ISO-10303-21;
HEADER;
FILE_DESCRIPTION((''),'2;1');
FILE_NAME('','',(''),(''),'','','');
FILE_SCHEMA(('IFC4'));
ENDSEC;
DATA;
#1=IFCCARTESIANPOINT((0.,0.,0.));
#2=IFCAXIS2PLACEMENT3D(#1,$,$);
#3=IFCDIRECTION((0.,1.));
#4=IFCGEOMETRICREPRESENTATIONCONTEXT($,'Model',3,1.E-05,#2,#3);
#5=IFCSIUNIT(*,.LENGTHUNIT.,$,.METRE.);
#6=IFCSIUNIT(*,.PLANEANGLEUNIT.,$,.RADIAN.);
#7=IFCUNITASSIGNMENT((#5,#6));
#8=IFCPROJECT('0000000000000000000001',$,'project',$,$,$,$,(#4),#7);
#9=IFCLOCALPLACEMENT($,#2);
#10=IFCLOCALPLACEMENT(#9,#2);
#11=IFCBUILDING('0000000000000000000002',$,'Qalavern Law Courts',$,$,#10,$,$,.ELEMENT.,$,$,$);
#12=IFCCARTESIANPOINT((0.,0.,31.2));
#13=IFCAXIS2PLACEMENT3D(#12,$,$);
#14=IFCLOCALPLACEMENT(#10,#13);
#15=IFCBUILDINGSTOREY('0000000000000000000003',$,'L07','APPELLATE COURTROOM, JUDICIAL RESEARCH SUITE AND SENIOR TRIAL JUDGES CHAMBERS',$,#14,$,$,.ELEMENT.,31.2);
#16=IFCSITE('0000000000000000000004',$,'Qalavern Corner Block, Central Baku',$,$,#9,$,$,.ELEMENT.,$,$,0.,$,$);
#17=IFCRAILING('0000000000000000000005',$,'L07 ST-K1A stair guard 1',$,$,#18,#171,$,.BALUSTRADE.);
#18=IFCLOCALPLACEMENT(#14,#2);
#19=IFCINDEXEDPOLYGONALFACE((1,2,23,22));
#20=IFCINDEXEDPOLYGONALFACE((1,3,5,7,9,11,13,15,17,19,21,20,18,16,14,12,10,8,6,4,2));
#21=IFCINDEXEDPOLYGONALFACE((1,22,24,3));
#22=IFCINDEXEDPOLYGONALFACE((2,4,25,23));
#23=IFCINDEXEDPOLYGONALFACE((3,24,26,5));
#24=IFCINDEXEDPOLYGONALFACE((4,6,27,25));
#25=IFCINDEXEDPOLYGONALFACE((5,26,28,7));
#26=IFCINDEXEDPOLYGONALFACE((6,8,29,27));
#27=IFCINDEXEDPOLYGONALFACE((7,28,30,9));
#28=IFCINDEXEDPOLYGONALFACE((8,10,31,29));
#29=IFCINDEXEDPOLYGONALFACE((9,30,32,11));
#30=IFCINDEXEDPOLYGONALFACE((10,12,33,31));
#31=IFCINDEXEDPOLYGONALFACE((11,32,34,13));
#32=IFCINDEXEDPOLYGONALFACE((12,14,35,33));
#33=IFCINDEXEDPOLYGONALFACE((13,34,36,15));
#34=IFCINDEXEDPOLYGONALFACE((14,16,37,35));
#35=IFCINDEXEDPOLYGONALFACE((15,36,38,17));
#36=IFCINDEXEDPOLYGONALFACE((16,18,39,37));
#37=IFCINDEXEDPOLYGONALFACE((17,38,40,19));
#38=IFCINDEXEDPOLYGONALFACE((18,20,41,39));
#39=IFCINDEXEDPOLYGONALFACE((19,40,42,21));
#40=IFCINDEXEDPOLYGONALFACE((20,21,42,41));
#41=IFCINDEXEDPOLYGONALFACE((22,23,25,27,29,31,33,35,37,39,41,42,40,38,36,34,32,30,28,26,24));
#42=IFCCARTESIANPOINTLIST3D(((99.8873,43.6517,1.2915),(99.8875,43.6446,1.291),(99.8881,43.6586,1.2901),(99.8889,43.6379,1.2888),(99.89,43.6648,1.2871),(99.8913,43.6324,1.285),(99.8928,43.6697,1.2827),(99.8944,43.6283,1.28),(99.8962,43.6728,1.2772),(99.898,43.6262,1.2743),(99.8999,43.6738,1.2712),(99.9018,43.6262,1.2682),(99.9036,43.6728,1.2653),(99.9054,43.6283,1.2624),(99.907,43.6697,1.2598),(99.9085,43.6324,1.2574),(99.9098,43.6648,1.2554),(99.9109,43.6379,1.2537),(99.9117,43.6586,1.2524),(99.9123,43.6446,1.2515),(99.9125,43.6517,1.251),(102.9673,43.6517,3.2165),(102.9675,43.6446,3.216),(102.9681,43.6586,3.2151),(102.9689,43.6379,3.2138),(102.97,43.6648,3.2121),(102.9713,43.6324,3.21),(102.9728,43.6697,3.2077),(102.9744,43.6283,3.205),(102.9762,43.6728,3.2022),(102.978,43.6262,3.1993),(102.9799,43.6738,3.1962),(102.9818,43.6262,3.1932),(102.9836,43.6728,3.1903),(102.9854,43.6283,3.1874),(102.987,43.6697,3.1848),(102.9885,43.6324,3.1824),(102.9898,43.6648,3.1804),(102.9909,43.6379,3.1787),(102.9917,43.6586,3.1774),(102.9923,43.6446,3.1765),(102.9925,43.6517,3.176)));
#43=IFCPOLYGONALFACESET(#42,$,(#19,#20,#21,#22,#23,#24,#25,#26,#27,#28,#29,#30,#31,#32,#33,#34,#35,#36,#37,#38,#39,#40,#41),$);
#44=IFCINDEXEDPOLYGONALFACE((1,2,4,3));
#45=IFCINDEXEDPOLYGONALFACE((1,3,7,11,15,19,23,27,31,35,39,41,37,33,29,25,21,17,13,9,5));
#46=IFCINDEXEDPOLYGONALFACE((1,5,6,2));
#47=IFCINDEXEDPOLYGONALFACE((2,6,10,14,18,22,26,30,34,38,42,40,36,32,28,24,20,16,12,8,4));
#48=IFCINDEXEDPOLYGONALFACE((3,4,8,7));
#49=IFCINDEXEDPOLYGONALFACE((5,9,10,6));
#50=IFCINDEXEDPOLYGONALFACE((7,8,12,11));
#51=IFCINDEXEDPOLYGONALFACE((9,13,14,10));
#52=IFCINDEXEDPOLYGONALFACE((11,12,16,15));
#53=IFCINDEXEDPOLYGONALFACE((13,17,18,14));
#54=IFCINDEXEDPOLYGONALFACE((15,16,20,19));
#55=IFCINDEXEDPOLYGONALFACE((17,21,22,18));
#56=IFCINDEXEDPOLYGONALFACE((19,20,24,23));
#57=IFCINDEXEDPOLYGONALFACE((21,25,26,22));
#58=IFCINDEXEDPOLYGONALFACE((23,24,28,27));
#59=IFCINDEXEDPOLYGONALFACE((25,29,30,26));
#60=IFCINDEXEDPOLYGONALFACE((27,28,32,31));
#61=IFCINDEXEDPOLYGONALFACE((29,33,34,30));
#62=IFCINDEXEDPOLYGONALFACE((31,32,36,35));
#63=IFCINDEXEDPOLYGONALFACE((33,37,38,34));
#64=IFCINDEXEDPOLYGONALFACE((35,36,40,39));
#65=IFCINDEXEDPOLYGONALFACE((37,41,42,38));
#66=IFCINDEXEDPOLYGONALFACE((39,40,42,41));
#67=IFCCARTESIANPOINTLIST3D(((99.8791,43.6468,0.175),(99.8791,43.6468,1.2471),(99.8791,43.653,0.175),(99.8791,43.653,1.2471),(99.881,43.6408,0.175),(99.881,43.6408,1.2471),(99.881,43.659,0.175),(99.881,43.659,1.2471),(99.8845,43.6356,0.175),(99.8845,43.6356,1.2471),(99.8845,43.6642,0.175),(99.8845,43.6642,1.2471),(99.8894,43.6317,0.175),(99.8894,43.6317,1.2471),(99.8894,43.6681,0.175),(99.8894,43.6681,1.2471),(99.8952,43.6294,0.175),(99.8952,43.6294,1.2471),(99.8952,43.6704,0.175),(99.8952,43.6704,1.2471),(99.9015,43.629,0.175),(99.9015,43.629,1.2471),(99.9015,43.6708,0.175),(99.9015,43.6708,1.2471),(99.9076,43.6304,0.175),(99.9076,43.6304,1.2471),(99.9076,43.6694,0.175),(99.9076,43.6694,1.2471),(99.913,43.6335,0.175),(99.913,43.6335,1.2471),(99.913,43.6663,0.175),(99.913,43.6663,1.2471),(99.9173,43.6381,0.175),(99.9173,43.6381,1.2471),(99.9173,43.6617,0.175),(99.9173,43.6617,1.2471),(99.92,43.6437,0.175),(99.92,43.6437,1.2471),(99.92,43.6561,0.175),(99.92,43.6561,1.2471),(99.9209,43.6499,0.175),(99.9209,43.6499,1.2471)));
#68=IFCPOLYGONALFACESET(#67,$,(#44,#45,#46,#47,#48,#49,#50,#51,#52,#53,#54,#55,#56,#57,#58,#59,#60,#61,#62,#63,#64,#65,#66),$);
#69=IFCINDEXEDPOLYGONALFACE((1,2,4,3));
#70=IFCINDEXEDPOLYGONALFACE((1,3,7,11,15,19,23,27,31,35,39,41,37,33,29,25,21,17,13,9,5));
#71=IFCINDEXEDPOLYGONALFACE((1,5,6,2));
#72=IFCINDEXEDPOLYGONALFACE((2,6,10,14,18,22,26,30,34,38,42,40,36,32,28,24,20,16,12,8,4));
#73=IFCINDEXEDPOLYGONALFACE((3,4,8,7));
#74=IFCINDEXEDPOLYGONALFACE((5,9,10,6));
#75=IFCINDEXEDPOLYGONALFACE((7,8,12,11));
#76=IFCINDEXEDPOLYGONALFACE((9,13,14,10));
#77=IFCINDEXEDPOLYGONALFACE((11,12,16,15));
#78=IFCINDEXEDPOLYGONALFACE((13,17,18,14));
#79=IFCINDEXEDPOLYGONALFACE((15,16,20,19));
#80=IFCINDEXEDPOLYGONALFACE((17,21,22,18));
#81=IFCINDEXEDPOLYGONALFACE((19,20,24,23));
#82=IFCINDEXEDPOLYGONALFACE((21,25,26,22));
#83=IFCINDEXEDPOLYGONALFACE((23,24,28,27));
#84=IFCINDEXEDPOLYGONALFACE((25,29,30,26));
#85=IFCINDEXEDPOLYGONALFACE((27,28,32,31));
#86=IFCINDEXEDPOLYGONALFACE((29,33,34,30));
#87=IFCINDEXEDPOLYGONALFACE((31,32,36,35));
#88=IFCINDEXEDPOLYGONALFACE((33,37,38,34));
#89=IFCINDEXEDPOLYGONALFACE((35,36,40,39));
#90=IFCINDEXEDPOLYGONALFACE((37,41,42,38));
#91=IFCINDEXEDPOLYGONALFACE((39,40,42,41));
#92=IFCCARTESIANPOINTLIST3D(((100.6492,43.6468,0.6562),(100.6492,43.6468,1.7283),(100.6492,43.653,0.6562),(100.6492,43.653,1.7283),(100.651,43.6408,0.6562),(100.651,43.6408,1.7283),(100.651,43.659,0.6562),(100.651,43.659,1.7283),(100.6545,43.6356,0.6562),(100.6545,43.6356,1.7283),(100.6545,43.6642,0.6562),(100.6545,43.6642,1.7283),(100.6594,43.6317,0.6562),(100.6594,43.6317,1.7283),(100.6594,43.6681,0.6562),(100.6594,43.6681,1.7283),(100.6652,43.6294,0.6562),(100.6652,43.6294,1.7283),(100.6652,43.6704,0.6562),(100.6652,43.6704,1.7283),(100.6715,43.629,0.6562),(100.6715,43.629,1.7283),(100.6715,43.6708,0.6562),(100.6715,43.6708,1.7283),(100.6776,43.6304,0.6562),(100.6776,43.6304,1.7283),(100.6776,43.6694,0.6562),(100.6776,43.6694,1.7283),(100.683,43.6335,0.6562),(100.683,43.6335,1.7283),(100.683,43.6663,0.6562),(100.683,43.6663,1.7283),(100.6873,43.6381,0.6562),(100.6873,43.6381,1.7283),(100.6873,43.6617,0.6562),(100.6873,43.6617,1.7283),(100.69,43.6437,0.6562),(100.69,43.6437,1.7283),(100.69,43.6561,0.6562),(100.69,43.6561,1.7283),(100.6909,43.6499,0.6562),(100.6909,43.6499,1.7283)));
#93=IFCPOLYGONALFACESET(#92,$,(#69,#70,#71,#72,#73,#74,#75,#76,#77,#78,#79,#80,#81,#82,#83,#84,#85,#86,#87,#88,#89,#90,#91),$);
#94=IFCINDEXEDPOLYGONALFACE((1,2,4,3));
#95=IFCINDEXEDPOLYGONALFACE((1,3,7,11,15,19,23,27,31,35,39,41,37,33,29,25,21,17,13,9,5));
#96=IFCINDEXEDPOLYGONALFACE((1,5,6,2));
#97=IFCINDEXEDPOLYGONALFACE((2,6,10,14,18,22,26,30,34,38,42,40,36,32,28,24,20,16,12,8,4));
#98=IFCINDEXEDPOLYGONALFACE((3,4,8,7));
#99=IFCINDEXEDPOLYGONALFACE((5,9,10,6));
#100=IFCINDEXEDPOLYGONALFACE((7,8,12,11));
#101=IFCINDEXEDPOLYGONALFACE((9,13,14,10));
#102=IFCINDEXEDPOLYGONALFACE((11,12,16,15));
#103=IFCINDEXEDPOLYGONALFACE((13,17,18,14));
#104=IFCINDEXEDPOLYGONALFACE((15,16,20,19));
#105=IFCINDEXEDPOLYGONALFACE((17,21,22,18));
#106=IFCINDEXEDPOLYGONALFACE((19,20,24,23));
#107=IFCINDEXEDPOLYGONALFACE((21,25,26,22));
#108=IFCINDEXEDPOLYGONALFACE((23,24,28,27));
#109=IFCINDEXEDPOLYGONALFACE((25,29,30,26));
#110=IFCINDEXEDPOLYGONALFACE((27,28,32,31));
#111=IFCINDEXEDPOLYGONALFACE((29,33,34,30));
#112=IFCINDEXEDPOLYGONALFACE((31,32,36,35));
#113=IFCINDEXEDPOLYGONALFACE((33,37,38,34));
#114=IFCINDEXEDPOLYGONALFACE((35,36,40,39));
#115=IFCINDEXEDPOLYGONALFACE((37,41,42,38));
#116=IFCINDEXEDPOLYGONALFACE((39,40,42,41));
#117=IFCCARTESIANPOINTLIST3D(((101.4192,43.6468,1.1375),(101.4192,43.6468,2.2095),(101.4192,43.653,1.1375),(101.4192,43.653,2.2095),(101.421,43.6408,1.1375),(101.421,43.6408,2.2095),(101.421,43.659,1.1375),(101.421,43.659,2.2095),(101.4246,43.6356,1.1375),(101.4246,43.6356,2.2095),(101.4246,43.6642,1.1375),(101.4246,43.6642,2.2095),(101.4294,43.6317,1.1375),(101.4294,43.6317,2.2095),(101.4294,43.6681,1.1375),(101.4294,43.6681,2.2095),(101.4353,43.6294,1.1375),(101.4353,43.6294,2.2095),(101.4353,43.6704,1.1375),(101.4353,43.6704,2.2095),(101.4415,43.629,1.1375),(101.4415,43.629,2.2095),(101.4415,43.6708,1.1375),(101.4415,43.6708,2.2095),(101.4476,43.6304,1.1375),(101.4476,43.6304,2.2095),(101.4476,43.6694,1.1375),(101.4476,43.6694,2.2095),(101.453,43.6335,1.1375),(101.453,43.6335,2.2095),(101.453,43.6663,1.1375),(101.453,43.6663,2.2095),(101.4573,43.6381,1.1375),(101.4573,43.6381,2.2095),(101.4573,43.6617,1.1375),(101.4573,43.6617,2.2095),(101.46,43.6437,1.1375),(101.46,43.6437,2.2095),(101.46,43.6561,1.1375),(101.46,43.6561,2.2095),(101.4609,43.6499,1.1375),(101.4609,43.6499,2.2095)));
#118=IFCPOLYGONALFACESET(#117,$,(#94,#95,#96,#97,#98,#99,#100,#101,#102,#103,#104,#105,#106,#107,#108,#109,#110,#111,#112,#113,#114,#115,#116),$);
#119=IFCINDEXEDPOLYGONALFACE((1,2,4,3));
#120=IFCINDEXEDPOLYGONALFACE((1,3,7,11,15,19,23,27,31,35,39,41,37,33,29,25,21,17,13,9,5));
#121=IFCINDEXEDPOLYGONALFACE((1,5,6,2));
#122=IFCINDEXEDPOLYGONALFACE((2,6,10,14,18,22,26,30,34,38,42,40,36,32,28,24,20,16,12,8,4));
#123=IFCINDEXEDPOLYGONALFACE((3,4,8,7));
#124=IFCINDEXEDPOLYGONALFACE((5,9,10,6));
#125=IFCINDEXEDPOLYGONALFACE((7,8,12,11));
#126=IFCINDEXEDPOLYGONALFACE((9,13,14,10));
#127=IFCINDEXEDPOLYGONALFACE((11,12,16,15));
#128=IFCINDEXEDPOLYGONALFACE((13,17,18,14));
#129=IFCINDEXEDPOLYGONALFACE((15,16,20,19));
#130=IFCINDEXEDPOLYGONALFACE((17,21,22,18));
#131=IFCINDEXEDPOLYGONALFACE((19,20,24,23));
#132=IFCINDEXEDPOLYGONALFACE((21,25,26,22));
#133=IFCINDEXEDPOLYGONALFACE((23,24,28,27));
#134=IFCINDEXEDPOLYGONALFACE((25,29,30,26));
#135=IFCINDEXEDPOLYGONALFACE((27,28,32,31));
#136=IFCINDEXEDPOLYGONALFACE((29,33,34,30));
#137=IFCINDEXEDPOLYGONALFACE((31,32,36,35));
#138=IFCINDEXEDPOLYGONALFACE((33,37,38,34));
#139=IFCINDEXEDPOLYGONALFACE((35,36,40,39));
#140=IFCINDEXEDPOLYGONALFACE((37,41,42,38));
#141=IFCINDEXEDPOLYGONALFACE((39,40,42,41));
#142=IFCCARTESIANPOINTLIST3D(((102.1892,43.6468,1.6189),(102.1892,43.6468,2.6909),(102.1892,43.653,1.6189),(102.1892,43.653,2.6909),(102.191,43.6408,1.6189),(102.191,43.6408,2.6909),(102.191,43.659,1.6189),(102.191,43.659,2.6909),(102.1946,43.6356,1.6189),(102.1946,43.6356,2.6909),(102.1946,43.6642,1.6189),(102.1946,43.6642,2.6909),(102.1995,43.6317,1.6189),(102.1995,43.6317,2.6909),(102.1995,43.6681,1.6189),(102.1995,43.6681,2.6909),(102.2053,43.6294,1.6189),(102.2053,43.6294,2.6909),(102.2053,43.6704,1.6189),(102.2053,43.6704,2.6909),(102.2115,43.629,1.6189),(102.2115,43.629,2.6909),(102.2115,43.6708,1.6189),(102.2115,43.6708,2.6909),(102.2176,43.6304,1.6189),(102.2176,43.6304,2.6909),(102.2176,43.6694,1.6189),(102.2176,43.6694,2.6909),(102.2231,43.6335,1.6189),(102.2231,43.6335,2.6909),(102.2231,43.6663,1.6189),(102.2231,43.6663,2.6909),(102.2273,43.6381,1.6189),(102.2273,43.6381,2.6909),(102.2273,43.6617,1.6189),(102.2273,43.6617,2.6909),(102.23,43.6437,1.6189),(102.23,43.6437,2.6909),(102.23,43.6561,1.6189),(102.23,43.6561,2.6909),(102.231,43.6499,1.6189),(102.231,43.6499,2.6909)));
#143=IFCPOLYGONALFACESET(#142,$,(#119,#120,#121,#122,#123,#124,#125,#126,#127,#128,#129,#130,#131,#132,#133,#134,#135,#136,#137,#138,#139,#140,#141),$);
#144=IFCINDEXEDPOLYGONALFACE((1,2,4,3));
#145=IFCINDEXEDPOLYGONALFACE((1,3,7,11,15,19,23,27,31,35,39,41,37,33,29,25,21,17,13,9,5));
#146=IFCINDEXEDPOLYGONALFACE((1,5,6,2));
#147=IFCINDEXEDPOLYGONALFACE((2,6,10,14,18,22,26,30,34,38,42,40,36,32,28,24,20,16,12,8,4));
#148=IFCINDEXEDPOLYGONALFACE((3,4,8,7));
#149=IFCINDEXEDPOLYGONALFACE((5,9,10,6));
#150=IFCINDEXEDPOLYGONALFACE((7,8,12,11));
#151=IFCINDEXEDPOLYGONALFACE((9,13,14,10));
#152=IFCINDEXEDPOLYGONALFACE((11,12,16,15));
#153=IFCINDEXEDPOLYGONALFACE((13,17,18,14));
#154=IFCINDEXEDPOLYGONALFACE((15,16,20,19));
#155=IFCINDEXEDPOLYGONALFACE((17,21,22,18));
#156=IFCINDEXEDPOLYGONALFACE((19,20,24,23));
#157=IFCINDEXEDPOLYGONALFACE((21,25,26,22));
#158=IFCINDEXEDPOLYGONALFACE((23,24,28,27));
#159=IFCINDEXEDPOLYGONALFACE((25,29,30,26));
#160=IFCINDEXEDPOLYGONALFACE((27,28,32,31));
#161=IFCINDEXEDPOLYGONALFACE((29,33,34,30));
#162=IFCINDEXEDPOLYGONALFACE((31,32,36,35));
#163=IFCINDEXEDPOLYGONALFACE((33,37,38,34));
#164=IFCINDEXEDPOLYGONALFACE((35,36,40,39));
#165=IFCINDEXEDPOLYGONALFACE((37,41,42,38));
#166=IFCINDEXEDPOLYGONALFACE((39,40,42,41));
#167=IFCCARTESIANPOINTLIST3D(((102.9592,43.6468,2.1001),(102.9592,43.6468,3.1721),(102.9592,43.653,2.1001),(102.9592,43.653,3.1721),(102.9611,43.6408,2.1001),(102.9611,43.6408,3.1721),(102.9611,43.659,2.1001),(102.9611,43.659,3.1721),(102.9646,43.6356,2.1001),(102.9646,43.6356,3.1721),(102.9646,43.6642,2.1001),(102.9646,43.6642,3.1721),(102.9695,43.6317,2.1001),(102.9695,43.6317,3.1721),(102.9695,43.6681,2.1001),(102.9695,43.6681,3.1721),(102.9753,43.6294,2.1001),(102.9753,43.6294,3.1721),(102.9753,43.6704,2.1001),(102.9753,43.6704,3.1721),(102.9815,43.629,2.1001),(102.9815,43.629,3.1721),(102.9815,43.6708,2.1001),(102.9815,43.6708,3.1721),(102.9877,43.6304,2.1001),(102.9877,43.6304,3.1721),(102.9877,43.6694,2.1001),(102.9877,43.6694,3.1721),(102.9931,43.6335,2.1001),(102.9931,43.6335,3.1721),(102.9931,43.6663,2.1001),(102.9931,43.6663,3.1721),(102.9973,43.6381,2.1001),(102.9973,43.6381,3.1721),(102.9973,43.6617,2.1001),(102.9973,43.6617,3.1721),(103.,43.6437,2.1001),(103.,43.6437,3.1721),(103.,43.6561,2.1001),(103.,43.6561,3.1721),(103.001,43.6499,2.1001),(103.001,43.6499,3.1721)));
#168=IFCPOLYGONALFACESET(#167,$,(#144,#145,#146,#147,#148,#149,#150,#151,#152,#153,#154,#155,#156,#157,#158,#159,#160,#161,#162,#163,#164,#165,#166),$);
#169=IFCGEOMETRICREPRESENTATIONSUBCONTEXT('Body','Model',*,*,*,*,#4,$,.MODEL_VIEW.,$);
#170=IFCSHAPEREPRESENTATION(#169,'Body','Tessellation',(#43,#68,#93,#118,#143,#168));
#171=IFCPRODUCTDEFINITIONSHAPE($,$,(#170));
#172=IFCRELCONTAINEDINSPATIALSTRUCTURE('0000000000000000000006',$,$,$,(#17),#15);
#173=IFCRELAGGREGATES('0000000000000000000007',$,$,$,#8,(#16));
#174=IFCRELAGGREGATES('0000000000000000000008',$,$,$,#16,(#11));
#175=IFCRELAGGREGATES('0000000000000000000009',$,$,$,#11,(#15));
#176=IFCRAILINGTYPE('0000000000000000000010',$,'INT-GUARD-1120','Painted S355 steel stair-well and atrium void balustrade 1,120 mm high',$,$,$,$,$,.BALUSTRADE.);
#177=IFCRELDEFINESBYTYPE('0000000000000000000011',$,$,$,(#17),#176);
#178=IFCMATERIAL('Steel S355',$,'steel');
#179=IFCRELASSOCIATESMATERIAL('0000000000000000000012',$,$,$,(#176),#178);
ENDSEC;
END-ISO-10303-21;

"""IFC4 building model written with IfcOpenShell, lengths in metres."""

from ifc_helpers import new_model, si_unit, direction, frame, origin, origin_2d, place, context, subcontext, project, spatial, circle, extrude, material, type_object, element, save


model = new_model("IFC4")

# Units and contexts
model_context = context("Model", 3, precision=1e-05, world=origin(), true_north=direction((0.0, 1.0)))
body_context = subcontext(model_context, "Body", "Model", "MODEL_VIEW")
ifc_project = project(units=[si_unit("LENGTHUNIT", "METRE"), si_unit("PLANEANGLEUNIT", "RADIAN")], contexts=[model_context])

# Site, building, storey
site_placement = place(None, origin())
site = spatial("IfcSite", under=ifc_project, at=site_placement, Name="Qalavern Corner Block, Central Baku", CompositionType="ELEMENT", RefElevation=0.0)
building_placement = place(site_placement, origin())
building = spatial("IfcBuilding", under=site, at=building_placement, Name="Qalavern Law Courts", CompositionType="ELEMENT")
storey_placement = place(building_placement, frame((0.0, 0.0, 31.2)))
storey = spatial("IfcBuildingStorey", under=building, at=storey_placement, Name="L07", Description="APPELLATE COURTROOM, JUDICIAL RESEARCH SUITE AND SENIOR TRIAL JUDGES CHAMBERS", CompositionType="ELEMENT", Elevation=31.2)

# Railing
ifc_material_1 = material(Name="Steel S355", Category="steel")
railing_type_1 = type_object("IfcRailingType", Name="INT-GUARD-1120", Description="Painted S355 steel stair-well and atrium void balustrade 1,120 mm high", PredefinedType="BALUSTRADE", material=ifc_material_1)
railing_1_placement = place(storey_placement, frame((99.8999, 43.6499, 0.175)))
element("IfcRailing", 1, at=railing_1_placement, inside=storey, type_object=railing_type_1, Name="L07 ST-K1A stair guard 1", PredefinedType="BALUSTRADE", context=body_context, shape_type="SweptSolid", body=[
    extrude(circle(Radius=0.0239, at=origin_2d()), frame((0.0, 0.0, 1.0962), z_axis=(0.847998, 0.0, 0.529999), x_axis=(0.0, 1.0, 0.0)), (0.0, 0.0, 1.0), 3.6321),
    extrude(circle(Radius=0.021, at=origin_2d()), origin(), (0.0, 0.0, 1.0), 1.072),
    extrude(circle(Radius=0.021, at=origin_2d()), frame((0.77, 0.0, 0.4812)), (0.0, 0.0, 1.0), 1.072),
    extrude(circle(Radius=0.021, at=origin_2d()), frame((1.54, 0.0, 0.9624)), (0.0, 0.0, 1.0), 1.072),
    extrude(circle(Radius=0.021, at=origin_2d()), frame((2.3101, 0.0, 1.4438)), (0.0, 0.0, 1.0), 1.072),
    extrude(circle(Radius=0.021, at=origin_2d()), frame((3.0801, 0.0, 1.925)), (0.0, 0.0, 1.0), 1.072),
])

save(model, "model.ifc")
